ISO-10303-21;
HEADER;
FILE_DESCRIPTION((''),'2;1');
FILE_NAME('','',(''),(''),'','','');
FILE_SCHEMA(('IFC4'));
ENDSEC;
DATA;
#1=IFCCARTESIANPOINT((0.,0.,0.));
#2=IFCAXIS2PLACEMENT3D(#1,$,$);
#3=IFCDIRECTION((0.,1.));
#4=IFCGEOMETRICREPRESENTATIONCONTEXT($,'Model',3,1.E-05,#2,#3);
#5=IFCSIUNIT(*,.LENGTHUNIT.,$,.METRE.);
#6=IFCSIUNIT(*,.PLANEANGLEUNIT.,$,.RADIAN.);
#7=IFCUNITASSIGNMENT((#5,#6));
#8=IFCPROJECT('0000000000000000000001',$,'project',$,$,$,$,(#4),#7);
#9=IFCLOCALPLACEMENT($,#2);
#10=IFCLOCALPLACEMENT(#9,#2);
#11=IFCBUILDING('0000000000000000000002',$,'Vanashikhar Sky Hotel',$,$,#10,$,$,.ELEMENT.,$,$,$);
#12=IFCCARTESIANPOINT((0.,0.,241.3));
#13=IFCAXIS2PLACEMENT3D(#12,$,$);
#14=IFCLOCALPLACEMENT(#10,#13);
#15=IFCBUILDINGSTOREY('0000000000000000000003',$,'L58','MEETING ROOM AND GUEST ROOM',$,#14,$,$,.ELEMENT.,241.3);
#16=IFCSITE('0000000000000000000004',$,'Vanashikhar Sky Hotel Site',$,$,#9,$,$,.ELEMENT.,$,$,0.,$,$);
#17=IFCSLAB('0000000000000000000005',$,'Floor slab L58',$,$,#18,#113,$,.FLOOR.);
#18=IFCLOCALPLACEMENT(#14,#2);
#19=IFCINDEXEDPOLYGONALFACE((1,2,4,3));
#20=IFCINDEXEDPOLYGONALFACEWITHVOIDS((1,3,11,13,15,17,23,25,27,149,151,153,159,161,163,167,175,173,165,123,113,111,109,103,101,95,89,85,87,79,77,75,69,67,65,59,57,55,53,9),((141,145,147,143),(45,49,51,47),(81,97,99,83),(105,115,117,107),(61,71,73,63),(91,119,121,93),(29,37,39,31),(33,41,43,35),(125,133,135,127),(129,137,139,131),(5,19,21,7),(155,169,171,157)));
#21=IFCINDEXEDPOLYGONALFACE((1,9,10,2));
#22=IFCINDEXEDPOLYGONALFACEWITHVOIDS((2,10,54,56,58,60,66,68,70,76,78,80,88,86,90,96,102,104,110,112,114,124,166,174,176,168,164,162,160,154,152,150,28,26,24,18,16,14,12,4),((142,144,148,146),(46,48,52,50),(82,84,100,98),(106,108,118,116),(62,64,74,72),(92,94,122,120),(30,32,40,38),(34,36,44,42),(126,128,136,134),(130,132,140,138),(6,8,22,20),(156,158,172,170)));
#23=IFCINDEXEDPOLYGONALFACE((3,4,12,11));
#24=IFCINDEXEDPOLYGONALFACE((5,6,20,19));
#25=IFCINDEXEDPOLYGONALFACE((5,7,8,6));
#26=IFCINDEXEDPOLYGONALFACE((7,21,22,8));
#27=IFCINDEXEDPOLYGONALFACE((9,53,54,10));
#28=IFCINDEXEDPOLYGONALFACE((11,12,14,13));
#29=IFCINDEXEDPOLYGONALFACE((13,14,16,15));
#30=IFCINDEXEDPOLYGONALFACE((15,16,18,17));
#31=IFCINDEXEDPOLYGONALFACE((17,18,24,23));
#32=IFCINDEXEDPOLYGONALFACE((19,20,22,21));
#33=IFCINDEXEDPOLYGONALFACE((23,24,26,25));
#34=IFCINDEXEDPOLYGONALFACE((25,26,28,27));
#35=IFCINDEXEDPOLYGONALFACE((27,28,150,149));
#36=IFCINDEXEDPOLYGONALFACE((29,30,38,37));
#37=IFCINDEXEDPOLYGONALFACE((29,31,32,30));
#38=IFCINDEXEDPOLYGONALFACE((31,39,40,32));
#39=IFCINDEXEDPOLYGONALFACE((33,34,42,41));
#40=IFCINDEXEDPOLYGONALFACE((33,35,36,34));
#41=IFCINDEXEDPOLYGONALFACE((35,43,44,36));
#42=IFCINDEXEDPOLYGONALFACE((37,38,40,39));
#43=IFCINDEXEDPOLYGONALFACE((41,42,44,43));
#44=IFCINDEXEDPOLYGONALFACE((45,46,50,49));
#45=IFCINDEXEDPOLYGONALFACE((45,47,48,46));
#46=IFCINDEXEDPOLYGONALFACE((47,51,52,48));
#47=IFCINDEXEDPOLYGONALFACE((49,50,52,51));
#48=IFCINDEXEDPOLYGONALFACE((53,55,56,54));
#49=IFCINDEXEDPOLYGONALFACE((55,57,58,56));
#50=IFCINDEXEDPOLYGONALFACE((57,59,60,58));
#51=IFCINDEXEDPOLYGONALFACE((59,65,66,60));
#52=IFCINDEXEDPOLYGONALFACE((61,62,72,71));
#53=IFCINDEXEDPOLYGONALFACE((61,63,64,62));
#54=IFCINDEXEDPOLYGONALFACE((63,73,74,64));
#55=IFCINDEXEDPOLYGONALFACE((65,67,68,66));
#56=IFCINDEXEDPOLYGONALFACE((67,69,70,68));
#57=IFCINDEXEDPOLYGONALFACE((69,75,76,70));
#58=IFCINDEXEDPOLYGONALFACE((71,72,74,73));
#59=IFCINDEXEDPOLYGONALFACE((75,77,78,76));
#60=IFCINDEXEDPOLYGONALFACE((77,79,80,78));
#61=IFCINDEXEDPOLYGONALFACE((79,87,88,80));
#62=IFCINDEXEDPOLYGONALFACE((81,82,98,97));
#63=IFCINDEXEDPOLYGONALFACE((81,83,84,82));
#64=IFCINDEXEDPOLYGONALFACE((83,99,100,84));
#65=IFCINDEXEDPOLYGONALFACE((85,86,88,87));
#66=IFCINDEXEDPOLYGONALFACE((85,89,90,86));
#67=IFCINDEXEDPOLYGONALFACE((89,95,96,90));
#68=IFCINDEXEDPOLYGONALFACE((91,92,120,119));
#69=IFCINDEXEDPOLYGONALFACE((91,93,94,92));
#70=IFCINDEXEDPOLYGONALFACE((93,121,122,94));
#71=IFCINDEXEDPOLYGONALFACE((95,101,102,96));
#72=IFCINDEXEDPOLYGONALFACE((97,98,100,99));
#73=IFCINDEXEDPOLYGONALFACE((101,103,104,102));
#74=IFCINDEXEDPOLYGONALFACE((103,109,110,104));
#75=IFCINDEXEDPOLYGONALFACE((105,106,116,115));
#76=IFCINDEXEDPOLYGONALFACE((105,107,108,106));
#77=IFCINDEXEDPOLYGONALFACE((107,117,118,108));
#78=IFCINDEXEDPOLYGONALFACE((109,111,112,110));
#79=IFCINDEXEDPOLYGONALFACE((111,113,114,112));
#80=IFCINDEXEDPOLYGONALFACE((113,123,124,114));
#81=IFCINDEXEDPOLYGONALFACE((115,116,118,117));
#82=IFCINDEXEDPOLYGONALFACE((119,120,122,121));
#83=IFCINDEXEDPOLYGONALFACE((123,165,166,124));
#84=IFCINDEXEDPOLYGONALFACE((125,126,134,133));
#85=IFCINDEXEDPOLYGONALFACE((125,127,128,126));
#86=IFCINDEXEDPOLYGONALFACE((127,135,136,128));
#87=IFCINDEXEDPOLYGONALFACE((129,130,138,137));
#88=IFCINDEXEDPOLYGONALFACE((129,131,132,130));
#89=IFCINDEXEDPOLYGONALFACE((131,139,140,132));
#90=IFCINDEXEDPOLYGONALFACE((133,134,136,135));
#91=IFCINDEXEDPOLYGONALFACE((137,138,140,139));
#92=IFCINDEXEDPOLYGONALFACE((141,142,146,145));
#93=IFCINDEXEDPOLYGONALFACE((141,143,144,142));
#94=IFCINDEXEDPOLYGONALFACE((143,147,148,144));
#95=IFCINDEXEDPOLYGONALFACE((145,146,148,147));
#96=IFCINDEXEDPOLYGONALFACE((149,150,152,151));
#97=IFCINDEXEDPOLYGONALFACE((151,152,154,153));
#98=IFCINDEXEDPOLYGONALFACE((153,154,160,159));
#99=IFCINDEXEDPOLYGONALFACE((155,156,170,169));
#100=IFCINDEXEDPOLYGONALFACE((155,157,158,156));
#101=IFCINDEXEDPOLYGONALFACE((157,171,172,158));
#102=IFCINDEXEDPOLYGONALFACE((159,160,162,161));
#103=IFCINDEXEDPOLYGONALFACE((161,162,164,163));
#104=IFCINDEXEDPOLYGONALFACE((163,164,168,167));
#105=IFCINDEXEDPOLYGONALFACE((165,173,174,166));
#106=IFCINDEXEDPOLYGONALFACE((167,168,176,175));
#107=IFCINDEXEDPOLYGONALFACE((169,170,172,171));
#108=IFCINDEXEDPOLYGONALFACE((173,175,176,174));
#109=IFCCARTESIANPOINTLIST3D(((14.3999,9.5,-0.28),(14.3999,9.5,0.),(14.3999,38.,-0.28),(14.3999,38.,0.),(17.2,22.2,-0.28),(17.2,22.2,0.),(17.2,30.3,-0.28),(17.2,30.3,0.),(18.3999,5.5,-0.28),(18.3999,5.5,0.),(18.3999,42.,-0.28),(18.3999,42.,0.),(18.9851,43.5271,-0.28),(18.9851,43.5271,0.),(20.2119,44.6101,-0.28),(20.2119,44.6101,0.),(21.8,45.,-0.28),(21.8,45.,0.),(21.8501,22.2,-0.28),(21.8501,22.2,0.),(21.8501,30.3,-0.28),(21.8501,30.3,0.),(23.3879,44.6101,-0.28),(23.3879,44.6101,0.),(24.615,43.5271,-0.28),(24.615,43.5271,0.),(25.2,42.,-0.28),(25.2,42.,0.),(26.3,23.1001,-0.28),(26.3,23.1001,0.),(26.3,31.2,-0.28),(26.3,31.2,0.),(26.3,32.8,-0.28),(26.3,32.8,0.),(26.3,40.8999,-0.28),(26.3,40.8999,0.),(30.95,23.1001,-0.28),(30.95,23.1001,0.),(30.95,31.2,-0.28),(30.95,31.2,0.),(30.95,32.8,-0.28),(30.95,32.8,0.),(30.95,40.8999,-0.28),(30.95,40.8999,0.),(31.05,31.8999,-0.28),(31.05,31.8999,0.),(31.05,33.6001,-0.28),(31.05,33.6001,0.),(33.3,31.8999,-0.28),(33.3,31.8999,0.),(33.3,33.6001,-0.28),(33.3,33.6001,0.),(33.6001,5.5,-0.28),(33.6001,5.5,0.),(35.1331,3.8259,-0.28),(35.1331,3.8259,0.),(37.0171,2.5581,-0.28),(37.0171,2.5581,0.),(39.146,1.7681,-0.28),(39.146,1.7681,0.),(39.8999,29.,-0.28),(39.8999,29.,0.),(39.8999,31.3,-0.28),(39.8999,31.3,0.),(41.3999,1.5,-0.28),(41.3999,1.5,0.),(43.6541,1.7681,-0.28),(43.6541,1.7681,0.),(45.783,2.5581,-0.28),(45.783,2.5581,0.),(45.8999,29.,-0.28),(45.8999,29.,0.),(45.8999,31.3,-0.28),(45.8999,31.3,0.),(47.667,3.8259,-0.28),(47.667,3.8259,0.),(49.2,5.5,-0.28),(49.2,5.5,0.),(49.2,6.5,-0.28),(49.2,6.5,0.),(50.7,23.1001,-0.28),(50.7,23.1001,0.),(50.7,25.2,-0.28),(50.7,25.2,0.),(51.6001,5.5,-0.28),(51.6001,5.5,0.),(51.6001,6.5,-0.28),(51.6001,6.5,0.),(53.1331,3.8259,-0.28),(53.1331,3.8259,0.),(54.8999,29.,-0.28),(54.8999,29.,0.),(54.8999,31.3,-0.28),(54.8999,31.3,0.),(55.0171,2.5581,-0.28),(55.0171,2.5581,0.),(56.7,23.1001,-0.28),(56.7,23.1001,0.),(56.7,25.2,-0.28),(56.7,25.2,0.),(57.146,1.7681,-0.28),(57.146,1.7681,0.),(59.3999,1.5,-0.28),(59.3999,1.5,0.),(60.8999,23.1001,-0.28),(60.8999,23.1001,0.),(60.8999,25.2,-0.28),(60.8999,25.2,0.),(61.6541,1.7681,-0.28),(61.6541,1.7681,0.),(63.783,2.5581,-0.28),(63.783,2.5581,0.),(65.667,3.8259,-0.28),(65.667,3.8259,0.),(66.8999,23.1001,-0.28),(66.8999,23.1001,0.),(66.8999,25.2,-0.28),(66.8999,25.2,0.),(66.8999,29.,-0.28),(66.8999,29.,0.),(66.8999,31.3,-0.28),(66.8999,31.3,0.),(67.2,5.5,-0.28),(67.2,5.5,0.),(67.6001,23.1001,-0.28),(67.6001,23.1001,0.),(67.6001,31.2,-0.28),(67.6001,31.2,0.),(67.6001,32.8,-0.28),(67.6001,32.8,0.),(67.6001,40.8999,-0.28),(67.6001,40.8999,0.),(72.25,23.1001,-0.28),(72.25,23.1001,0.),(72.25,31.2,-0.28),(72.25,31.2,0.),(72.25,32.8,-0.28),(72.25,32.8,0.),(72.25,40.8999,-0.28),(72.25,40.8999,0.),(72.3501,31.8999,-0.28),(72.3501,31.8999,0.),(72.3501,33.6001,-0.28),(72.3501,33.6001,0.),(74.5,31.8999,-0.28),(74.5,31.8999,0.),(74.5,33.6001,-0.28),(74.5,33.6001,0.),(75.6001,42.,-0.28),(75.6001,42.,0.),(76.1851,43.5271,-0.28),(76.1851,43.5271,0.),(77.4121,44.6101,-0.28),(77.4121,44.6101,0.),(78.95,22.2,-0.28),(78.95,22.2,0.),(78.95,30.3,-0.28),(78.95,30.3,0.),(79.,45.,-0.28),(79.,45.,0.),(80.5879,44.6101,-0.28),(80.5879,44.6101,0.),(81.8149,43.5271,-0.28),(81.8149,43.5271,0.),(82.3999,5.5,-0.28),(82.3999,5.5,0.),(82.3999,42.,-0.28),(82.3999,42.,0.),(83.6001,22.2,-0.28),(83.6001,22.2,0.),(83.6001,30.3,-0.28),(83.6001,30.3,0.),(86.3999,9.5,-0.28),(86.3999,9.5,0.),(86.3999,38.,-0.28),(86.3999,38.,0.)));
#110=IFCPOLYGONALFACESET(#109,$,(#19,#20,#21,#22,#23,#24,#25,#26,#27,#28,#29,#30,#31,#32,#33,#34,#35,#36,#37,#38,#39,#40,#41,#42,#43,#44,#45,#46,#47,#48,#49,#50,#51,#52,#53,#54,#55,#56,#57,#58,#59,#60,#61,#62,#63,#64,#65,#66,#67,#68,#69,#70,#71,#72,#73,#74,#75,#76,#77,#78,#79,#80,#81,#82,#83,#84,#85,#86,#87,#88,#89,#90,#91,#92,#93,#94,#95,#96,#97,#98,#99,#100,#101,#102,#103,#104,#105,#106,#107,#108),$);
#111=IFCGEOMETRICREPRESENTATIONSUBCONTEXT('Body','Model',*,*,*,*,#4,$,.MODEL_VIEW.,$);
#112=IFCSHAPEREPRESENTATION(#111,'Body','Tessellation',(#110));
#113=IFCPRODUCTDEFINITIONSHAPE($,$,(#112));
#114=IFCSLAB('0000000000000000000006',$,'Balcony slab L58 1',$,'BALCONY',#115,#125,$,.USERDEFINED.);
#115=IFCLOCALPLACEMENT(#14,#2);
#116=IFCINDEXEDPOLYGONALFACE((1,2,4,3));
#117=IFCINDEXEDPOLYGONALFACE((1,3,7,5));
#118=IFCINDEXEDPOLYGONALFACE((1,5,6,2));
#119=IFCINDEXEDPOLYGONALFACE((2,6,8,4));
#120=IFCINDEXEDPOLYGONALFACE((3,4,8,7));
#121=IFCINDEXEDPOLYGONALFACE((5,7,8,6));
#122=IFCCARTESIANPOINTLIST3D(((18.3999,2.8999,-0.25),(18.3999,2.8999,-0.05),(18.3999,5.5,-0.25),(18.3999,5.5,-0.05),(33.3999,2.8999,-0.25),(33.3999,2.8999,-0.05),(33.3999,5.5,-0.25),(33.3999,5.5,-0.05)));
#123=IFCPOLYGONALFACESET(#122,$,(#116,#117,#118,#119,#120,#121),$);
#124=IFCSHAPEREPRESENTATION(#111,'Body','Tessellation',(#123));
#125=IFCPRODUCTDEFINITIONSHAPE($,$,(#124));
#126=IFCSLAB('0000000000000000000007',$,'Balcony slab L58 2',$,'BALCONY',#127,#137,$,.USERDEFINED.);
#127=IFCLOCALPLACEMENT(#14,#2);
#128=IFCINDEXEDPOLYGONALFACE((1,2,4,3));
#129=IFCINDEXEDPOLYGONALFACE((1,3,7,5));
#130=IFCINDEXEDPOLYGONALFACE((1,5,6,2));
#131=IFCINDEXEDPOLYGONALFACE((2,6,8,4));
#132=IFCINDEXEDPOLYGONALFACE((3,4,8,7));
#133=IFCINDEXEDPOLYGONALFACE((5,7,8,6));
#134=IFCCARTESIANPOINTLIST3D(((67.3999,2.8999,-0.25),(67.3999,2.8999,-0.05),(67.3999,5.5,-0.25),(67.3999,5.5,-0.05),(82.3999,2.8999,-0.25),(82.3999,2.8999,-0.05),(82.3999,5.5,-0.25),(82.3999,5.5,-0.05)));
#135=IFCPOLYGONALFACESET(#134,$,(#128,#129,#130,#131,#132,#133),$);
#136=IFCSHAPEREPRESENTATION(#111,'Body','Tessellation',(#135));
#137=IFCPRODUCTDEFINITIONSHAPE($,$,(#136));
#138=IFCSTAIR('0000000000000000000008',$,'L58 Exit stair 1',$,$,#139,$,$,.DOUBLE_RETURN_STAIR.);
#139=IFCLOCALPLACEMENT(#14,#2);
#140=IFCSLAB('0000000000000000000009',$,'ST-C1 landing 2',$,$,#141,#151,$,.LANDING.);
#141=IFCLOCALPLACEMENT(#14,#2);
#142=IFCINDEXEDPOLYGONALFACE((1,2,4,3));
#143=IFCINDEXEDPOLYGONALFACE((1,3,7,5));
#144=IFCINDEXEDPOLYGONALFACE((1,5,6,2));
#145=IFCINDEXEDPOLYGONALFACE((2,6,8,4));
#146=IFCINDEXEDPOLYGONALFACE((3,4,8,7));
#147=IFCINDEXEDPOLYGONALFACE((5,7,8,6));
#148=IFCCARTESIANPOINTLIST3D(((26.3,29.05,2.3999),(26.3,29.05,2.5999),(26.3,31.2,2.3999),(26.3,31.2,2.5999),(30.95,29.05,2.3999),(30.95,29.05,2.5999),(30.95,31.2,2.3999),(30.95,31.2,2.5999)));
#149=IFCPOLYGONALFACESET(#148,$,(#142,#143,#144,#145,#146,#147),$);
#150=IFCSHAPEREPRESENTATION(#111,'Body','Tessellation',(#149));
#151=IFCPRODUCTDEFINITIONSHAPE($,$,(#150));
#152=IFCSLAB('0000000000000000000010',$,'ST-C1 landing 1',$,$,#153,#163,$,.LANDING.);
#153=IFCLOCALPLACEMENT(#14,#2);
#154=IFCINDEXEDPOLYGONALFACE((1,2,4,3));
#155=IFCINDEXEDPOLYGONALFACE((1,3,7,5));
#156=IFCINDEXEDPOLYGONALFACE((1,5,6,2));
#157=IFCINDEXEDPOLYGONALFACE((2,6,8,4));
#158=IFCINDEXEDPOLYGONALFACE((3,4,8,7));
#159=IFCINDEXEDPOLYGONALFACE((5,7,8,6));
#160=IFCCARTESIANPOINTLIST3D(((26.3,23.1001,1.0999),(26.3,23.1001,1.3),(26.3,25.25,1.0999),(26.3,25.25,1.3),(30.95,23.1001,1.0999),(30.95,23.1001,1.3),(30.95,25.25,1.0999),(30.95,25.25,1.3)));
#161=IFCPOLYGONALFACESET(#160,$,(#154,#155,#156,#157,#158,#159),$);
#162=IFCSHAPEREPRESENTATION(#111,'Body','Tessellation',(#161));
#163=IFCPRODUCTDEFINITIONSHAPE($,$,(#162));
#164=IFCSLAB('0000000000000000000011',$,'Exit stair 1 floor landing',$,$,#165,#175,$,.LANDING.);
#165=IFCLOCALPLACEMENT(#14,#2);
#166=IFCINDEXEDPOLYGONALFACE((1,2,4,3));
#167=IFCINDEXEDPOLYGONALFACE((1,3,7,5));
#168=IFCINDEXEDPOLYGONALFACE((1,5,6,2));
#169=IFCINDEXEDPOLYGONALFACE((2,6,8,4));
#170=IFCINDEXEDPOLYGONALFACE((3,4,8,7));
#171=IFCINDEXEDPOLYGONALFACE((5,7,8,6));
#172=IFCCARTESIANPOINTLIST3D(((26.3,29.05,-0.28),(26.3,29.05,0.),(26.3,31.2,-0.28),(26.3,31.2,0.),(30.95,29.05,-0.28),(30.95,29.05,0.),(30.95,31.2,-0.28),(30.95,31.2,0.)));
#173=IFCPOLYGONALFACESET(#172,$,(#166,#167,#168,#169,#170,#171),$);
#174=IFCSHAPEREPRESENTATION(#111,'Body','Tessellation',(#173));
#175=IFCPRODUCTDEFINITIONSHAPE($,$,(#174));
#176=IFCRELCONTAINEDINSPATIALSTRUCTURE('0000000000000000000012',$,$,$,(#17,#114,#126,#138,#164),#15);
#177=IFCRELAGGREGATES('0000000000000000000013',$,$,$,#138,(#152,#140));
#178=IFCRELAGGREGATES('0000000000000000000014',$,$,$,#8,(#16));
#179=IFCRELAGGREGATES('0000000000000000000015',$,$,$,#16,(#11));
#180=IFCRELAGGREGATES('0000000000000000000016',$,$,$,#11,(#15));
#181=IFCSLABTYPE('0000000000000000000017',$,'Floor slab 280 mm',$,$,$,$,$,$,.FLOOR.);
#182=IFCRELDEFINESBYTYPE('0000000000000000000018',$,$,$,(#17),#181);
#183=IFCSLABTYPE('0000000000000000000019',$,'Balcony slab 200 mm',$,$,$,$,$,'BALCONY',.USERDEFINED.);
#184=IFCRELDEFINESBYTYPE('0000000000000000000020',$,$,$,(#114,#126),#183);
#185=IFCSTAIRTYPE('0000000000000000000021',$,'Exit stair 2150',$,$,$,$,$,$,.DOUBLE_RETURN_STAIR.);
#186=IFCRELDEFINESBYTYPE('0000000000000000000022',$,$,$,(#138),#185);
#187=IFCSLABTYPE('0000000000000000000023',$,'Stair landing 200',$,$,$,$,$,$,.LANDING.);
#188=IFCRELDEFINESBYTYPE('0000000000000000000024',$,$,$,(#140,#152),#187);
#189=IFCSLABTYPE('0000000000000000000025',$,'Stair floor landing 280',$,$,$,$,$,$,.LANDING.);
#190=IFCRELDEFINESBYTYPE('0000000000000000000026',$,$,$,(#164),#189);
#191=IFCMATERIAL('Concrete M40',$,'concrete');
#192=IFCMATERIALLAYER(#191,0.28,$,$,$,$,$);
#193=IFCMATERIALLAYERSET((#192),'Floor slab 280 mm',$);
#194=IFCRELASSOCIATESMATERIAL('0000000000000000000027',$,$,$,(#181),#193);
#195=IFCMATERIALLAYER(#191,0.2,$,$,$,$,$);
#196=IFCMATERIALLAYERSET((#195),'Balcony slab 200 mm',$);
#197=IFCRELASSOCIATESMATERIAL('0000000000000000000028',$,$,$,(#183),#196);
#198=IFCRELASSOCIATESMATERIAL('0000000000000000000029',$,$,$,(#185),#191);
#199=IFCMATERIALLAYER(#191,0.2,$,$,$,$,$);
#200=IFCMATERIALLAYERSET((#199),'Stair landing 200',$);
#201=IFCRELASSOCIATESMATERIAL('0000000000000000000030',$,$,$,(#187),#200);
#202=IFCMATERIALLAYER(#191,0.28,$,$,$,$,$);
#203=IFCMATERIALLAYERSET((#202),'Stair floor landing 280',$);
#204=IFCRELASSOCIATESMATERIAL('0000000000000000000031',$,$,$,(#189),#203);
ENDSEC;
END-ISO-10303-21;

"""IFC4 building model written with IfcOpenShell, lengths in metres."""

from ifc_helpers import new_model, si_unit, direction, frame, origin, place, context, subcontext, project, spatial, polyline, outline, extrude, source, transform, mapped, material, layer, layer_set, type_object, element, aggregate, save


model = new_model("IFC4")

# Units and contexts
model_context = context("Model", 3, precision=1e-05, world=origin(), true_north=direction((0.0, 1.0)))
body_context = subcontext(model_context, "Body", "Model", "MODEL_VIEW")
ifc_project = project(units=[si_unit("LENGTHUNIT", "METRE"), si_unit("PLANEANGLEUNIT", "RADIAN")], contexts=[model_context])

# Site, building, storey
site_placement = place(None, origin())
site = spatial("IfcSite", under=ifc_project, at=site_placement, Name="Vanashikhar Sky Hotel Site", CompositionType="ELEMENT", RefElevation=0.0)
building_placement = place(site_placement, origin())
building = spatial("IfcBuilding", under=site, at=building_placement, Name="Vanashikhar Sky Hotel", CompositionType="ELEMENT")
storey_placement = place(building_placement, frame((0.0, 0.0, 241.3)))
storey = spatial("IfcBuildingStorey", under=building, at=storey_placement, Name="L58", Description="MEETING ROOM AND GUEST ROOM", CompositionType="ELEMENT", Elevation=241.3)

# Slabs
ifc_material = material(Name="Concrete M40", Category="concrete")
ifc_layer_1 = layer(ifc_material, 0.28)
ifc_layer_set_1 = layer_set([ifc_layer_1], Name="Floor slab 280 mm")
slab_type_1 = type_object("IfcSlabType", Name="Floor slab 280 mm", PredefinedType="FLOOR", material=ifc_layer_set_1)
shared_shape_1 = source(origin(), body_context, "Body", "SweptSolid", [
    extrude(outline(polyline([(49.2, 5.5), (49.2, 6.5), (51.6001, 6.5), (51.6001, 5.5), (53.1331, 3.8259), (55.0171, 2.5581), (57.146, 1.7681), (59.3999, 1.5), (61.6541, 1.7681), (63.783, 2.5581), (65.667, 3.8259), (67.2, 5.5), (82.3999, 5.5), (86.3999, 9.5), (86.3999, 38.0), (82.3999, 42.0), (81.8149, 43.5271), (80.5879, 44.6101), (79.0, 45.0), (77.4121, 44.6101), (76.1851, 43.5271), (75.6001, 42.0), (25.2, 42.0), (24.615, 43.5271), (23.3879, 44.6101), (21.8, 45.0), (20.2119, 44.6101), (18.9851, 43.5271), (18.3999, 42.0), (14.3999, 38.0), (14.3999, 9.5), (18.3999, 5.5), (33.6001, 5.5), (35.1331, 3.8259), (37.0171, 2.5581), (39.146, 1.7681), (41.3999, 1.5), (43.6541, 1.7681), (45.783, 2.5581), (47.667, 3.8259), (49.2, 5.5)]), holes=[polyline([(33.3, 33.6001), (31.05, 33.6001), (31.05, 31.8999), (33.3, 31.8999), (33.3, 33.6001)]), polyline([(39.8999, 31.3), (39.8999, 29.0), (45.8999, 29.0), (45.8999, 31.3), (39.8999, 31.3)]), polyline([(50.7, 25.2), (50.7, 23.1001), (56.7, 23.1001), (56.7, 25.2), (50.7, 25.2)]), polyline([(66.8999, 29.0), (66.8999, 31.3), (54.8999, 31.3), (54.8999, 29.0), (66.8999, 29.0)]), polyline([(60.8999, 25.2), (60.8999, 23.1001), (66.8999, 23.1001), (66.8999, 25.2), (60.8999, 25.2)]), polyline([(74.5, 33.6001), (72.3501, 33.6001), (72.3501, 31.8999), (74.5, 31.8999), (74.5, 33.6001)]), polyline([(30.95, 23.1001), (30.95, 31.2), (26.3, 31.2), (26.3, 23.1001), (30.95, 23.1001)]), polyline([(72.25, 23.1001), (72.25, 31.2), (67.6001, 31.2), (67.6001, 23.1001), (72.25, 23.1001)]), polyline([(30.95, 32.8), (30.95, 40.8999), (26.3, 40.8999), (26.3, 32.8), (30.95, 32.8)]), polyline([(72.25, 32.8), (72.25, 40.8999), (67.6001, 40.8999), (67.6001, 32.8), (72.25, 32.8)]), polyline([(83.6001, 22.2), (83.6001, 30.3), (78.95, 30.3), (78.95, 22.2), (83.6001, 22.2)]), polyline([(21.8501, 22.2), (21.8501, 30.3), (17.2, 30.3), (17.2, 22.2), (21.8501, 22.2)])]), origin(), (0.0, 0.0, 1.0), 0.28),
])
slab_1_placement = place(storey_placement, frame((0.0, 0.0, -0.28)))
element("IfcSlab", 1, at=slab_1_placement, inside=storey, type_object=slab_type_1, Name="Floor slab L58", PredefinedType="FLOOR", context=body_context, shape_type="MappedRepresentation", body=[
    mapped(shared_shape_1, transform((0.0, 0.0, 0.0), scale=1.0)),
])
ifc_layer_2 = layer(ifc_material, 0.2)
ifc_layer_set_2 = layer_set([ifc_layer_2], Name="Balcony slab 200 mm")
slab_type_2 = type_object("IfcSlabType", Name="Balcony slab 200 mm", ElementType="BALCONY", PredefinedType="USERDEFINED", material=ifc_layer_set_2)
shared_shape_2 = source(origin(), body_context, "Body", "SweptSolid", [
    extrude(outline(polyline([(18.3999, 2.8999), (33.3999, 2.8999), (33.3999, 5.5), (18.3999, 5.5), (18.3999, 2.8999)])), origin(), (0.0, 0.0, 1.0), 0.2),
])
slab_2_placement = place(storey_placement, frame((0.0, 0.0, -0.25)))
element("IfcSlab", 2, at=slab_2_placement, inside=storey, type_object=slab_type_2, Name="Balcony slab L58 1", ObjectType="BALCONY", PredefinedType="USERDEFINED", context=body_context, shape_type="MappedRepresentation", body=[
    mapped(shared_shape_2, transform((0.0, 0.0, 0.0), scale=1.0)),
])
shared_shape_3 = source(origin(), body_context, "Body", "SweptSolid", [
    extrude(outline(polyline([(67.3999, 2.8999), (82.3999, 2.8999), (82.3999, 5.5), (67.3999, 5.5), (67.3999, 2.8999)])), origin(), (0.0, 0.0, 1.0), 0.2),
])
slab_3_placement = place(storey_placement, frame((0.0, 0.0, -0.25)))
element("IfcSlab", 3, at=slab_3_placement, inside=storey, type_object=slab_type_2, Name="Balcony slab L58 2", ObjectType="BALCONY", PredefinedType="USERDEFINED", context=body_context, shape_type="MappedRepresentation", body=[
    mapped(shared_shape_3, transform((0.0, 0.0, 0.0), scale=1.0)),
])

# Stair, slabs
stair_type = type_object("IfcStairType", Name="Exit stair 2150", PredefinedType="DOUBLE_RETURN_STAIR", material=ifc_material)
stair_1_placement = place(storey_placement, origin())
stair_1 = element("IfcStair", 4, at=stair_1_placement, inside=storey, type_object=stair_type, Name="L58 Exit stair 1", PredefinedType="DOUBLE_RETURN_STAIR")
ifc_layer_3 = layer(ifc_material, 0.2)
ifc_layer_set_3 = layer_set([ifc_layer_3], Name="Stair landing 200")
slab_type_3 = type_object("IfcSlabType", Name="Stair landing 200", PredefinedType="LANDING", material=ifc_layer_set_3)
shared_shape_4 = source(origin(), body_context, "Body", "SweptSolid", [
    extrude(outline(polyline([(30.95, 29.05), (30.95, 31.2), (26.3, 31.2), (26.3, 29.05), (30.95, 29.05)])), origin(), (0.0, 0.0, 1.0), 0.2),
])
slab_4_placement = place(storey_placement, frame((0.0, 0.0, 2.3999)))
slab_4 = element("IfcSlab", 5, at=slab_4_placement, type_object=slab_type_3, Name="ST-C1 landing 2", PredefinedType="LANDING", context=body_context, shape_type="MappedRepresentation", body=[
    mapped(shared_shape_4, transform((0.0, 0.0, 0.0), scale=1.0)),
])
shared_shape_5 = source(origin(), body_context, "Body", "SweptSolid", [
    extrude(outline(polyline([(30.95, 23.1001), (30.95, 25.25), (26.3, 25.25), (26.3, 23.1001), (30.95, 23.1001)])), origin(), (0.0, 0.0, 1.0), 0.2002),
])
slab_5_placement = place(storey_placement, frame((0.0, 0.0, 1.0999)))
slab_5 = element("IfcSlab", 6, at=slab_5_placement, type_object=slab_type_3, Name="ST-C1 landing 1", PredefinedType="LANDING", context=body_context, shape_type="MappedRepresentation", body=[
    mapped(shared_shape_5, transform((0.0, 0.0, 0.0), scale=1.0)),
])
aggregate(stair_1, [slab_5, slab_4])

# Slab
ifc_layer_4 = layer(ifc_material, 0.28)
ifc_layer_set_4 = layer_set([ifc_layer_4], Name="Stair floor landing 280")
slab_type_4 = type_object("IfcSlabType", Name="Stair floor landing 280", PredefinedType="LANDING", material=ifc_layer_set_4)
shared_shape_6 = source(origin(), body_context, "Body", "SweptSolid", [
    extrude(outline(polyline([(30.95, 29.05), (30.95, 31.2), (26.3, 31.2), (26.3, 29.05), (30.95, 29.05)])), origin(), (0.0, 0.0, 1.0), 0.28),
])
slab_6_placement = place(storey_placement, frame((0.0, 0.0, -0.28)))
element("IfcSlab", 7, at=slab_6_placement, inside=storey, type_object=slab_type_4, Name="Exit stair 1 floor landing", PredefinedType="LANDING", context=body_context, shape_type="MappedRepresentation", body=[
    mapped(shared_shape_6, transform((0.0, 0.0, 0.0), scale=1.0)),
])

save(model, "model.ifc")
